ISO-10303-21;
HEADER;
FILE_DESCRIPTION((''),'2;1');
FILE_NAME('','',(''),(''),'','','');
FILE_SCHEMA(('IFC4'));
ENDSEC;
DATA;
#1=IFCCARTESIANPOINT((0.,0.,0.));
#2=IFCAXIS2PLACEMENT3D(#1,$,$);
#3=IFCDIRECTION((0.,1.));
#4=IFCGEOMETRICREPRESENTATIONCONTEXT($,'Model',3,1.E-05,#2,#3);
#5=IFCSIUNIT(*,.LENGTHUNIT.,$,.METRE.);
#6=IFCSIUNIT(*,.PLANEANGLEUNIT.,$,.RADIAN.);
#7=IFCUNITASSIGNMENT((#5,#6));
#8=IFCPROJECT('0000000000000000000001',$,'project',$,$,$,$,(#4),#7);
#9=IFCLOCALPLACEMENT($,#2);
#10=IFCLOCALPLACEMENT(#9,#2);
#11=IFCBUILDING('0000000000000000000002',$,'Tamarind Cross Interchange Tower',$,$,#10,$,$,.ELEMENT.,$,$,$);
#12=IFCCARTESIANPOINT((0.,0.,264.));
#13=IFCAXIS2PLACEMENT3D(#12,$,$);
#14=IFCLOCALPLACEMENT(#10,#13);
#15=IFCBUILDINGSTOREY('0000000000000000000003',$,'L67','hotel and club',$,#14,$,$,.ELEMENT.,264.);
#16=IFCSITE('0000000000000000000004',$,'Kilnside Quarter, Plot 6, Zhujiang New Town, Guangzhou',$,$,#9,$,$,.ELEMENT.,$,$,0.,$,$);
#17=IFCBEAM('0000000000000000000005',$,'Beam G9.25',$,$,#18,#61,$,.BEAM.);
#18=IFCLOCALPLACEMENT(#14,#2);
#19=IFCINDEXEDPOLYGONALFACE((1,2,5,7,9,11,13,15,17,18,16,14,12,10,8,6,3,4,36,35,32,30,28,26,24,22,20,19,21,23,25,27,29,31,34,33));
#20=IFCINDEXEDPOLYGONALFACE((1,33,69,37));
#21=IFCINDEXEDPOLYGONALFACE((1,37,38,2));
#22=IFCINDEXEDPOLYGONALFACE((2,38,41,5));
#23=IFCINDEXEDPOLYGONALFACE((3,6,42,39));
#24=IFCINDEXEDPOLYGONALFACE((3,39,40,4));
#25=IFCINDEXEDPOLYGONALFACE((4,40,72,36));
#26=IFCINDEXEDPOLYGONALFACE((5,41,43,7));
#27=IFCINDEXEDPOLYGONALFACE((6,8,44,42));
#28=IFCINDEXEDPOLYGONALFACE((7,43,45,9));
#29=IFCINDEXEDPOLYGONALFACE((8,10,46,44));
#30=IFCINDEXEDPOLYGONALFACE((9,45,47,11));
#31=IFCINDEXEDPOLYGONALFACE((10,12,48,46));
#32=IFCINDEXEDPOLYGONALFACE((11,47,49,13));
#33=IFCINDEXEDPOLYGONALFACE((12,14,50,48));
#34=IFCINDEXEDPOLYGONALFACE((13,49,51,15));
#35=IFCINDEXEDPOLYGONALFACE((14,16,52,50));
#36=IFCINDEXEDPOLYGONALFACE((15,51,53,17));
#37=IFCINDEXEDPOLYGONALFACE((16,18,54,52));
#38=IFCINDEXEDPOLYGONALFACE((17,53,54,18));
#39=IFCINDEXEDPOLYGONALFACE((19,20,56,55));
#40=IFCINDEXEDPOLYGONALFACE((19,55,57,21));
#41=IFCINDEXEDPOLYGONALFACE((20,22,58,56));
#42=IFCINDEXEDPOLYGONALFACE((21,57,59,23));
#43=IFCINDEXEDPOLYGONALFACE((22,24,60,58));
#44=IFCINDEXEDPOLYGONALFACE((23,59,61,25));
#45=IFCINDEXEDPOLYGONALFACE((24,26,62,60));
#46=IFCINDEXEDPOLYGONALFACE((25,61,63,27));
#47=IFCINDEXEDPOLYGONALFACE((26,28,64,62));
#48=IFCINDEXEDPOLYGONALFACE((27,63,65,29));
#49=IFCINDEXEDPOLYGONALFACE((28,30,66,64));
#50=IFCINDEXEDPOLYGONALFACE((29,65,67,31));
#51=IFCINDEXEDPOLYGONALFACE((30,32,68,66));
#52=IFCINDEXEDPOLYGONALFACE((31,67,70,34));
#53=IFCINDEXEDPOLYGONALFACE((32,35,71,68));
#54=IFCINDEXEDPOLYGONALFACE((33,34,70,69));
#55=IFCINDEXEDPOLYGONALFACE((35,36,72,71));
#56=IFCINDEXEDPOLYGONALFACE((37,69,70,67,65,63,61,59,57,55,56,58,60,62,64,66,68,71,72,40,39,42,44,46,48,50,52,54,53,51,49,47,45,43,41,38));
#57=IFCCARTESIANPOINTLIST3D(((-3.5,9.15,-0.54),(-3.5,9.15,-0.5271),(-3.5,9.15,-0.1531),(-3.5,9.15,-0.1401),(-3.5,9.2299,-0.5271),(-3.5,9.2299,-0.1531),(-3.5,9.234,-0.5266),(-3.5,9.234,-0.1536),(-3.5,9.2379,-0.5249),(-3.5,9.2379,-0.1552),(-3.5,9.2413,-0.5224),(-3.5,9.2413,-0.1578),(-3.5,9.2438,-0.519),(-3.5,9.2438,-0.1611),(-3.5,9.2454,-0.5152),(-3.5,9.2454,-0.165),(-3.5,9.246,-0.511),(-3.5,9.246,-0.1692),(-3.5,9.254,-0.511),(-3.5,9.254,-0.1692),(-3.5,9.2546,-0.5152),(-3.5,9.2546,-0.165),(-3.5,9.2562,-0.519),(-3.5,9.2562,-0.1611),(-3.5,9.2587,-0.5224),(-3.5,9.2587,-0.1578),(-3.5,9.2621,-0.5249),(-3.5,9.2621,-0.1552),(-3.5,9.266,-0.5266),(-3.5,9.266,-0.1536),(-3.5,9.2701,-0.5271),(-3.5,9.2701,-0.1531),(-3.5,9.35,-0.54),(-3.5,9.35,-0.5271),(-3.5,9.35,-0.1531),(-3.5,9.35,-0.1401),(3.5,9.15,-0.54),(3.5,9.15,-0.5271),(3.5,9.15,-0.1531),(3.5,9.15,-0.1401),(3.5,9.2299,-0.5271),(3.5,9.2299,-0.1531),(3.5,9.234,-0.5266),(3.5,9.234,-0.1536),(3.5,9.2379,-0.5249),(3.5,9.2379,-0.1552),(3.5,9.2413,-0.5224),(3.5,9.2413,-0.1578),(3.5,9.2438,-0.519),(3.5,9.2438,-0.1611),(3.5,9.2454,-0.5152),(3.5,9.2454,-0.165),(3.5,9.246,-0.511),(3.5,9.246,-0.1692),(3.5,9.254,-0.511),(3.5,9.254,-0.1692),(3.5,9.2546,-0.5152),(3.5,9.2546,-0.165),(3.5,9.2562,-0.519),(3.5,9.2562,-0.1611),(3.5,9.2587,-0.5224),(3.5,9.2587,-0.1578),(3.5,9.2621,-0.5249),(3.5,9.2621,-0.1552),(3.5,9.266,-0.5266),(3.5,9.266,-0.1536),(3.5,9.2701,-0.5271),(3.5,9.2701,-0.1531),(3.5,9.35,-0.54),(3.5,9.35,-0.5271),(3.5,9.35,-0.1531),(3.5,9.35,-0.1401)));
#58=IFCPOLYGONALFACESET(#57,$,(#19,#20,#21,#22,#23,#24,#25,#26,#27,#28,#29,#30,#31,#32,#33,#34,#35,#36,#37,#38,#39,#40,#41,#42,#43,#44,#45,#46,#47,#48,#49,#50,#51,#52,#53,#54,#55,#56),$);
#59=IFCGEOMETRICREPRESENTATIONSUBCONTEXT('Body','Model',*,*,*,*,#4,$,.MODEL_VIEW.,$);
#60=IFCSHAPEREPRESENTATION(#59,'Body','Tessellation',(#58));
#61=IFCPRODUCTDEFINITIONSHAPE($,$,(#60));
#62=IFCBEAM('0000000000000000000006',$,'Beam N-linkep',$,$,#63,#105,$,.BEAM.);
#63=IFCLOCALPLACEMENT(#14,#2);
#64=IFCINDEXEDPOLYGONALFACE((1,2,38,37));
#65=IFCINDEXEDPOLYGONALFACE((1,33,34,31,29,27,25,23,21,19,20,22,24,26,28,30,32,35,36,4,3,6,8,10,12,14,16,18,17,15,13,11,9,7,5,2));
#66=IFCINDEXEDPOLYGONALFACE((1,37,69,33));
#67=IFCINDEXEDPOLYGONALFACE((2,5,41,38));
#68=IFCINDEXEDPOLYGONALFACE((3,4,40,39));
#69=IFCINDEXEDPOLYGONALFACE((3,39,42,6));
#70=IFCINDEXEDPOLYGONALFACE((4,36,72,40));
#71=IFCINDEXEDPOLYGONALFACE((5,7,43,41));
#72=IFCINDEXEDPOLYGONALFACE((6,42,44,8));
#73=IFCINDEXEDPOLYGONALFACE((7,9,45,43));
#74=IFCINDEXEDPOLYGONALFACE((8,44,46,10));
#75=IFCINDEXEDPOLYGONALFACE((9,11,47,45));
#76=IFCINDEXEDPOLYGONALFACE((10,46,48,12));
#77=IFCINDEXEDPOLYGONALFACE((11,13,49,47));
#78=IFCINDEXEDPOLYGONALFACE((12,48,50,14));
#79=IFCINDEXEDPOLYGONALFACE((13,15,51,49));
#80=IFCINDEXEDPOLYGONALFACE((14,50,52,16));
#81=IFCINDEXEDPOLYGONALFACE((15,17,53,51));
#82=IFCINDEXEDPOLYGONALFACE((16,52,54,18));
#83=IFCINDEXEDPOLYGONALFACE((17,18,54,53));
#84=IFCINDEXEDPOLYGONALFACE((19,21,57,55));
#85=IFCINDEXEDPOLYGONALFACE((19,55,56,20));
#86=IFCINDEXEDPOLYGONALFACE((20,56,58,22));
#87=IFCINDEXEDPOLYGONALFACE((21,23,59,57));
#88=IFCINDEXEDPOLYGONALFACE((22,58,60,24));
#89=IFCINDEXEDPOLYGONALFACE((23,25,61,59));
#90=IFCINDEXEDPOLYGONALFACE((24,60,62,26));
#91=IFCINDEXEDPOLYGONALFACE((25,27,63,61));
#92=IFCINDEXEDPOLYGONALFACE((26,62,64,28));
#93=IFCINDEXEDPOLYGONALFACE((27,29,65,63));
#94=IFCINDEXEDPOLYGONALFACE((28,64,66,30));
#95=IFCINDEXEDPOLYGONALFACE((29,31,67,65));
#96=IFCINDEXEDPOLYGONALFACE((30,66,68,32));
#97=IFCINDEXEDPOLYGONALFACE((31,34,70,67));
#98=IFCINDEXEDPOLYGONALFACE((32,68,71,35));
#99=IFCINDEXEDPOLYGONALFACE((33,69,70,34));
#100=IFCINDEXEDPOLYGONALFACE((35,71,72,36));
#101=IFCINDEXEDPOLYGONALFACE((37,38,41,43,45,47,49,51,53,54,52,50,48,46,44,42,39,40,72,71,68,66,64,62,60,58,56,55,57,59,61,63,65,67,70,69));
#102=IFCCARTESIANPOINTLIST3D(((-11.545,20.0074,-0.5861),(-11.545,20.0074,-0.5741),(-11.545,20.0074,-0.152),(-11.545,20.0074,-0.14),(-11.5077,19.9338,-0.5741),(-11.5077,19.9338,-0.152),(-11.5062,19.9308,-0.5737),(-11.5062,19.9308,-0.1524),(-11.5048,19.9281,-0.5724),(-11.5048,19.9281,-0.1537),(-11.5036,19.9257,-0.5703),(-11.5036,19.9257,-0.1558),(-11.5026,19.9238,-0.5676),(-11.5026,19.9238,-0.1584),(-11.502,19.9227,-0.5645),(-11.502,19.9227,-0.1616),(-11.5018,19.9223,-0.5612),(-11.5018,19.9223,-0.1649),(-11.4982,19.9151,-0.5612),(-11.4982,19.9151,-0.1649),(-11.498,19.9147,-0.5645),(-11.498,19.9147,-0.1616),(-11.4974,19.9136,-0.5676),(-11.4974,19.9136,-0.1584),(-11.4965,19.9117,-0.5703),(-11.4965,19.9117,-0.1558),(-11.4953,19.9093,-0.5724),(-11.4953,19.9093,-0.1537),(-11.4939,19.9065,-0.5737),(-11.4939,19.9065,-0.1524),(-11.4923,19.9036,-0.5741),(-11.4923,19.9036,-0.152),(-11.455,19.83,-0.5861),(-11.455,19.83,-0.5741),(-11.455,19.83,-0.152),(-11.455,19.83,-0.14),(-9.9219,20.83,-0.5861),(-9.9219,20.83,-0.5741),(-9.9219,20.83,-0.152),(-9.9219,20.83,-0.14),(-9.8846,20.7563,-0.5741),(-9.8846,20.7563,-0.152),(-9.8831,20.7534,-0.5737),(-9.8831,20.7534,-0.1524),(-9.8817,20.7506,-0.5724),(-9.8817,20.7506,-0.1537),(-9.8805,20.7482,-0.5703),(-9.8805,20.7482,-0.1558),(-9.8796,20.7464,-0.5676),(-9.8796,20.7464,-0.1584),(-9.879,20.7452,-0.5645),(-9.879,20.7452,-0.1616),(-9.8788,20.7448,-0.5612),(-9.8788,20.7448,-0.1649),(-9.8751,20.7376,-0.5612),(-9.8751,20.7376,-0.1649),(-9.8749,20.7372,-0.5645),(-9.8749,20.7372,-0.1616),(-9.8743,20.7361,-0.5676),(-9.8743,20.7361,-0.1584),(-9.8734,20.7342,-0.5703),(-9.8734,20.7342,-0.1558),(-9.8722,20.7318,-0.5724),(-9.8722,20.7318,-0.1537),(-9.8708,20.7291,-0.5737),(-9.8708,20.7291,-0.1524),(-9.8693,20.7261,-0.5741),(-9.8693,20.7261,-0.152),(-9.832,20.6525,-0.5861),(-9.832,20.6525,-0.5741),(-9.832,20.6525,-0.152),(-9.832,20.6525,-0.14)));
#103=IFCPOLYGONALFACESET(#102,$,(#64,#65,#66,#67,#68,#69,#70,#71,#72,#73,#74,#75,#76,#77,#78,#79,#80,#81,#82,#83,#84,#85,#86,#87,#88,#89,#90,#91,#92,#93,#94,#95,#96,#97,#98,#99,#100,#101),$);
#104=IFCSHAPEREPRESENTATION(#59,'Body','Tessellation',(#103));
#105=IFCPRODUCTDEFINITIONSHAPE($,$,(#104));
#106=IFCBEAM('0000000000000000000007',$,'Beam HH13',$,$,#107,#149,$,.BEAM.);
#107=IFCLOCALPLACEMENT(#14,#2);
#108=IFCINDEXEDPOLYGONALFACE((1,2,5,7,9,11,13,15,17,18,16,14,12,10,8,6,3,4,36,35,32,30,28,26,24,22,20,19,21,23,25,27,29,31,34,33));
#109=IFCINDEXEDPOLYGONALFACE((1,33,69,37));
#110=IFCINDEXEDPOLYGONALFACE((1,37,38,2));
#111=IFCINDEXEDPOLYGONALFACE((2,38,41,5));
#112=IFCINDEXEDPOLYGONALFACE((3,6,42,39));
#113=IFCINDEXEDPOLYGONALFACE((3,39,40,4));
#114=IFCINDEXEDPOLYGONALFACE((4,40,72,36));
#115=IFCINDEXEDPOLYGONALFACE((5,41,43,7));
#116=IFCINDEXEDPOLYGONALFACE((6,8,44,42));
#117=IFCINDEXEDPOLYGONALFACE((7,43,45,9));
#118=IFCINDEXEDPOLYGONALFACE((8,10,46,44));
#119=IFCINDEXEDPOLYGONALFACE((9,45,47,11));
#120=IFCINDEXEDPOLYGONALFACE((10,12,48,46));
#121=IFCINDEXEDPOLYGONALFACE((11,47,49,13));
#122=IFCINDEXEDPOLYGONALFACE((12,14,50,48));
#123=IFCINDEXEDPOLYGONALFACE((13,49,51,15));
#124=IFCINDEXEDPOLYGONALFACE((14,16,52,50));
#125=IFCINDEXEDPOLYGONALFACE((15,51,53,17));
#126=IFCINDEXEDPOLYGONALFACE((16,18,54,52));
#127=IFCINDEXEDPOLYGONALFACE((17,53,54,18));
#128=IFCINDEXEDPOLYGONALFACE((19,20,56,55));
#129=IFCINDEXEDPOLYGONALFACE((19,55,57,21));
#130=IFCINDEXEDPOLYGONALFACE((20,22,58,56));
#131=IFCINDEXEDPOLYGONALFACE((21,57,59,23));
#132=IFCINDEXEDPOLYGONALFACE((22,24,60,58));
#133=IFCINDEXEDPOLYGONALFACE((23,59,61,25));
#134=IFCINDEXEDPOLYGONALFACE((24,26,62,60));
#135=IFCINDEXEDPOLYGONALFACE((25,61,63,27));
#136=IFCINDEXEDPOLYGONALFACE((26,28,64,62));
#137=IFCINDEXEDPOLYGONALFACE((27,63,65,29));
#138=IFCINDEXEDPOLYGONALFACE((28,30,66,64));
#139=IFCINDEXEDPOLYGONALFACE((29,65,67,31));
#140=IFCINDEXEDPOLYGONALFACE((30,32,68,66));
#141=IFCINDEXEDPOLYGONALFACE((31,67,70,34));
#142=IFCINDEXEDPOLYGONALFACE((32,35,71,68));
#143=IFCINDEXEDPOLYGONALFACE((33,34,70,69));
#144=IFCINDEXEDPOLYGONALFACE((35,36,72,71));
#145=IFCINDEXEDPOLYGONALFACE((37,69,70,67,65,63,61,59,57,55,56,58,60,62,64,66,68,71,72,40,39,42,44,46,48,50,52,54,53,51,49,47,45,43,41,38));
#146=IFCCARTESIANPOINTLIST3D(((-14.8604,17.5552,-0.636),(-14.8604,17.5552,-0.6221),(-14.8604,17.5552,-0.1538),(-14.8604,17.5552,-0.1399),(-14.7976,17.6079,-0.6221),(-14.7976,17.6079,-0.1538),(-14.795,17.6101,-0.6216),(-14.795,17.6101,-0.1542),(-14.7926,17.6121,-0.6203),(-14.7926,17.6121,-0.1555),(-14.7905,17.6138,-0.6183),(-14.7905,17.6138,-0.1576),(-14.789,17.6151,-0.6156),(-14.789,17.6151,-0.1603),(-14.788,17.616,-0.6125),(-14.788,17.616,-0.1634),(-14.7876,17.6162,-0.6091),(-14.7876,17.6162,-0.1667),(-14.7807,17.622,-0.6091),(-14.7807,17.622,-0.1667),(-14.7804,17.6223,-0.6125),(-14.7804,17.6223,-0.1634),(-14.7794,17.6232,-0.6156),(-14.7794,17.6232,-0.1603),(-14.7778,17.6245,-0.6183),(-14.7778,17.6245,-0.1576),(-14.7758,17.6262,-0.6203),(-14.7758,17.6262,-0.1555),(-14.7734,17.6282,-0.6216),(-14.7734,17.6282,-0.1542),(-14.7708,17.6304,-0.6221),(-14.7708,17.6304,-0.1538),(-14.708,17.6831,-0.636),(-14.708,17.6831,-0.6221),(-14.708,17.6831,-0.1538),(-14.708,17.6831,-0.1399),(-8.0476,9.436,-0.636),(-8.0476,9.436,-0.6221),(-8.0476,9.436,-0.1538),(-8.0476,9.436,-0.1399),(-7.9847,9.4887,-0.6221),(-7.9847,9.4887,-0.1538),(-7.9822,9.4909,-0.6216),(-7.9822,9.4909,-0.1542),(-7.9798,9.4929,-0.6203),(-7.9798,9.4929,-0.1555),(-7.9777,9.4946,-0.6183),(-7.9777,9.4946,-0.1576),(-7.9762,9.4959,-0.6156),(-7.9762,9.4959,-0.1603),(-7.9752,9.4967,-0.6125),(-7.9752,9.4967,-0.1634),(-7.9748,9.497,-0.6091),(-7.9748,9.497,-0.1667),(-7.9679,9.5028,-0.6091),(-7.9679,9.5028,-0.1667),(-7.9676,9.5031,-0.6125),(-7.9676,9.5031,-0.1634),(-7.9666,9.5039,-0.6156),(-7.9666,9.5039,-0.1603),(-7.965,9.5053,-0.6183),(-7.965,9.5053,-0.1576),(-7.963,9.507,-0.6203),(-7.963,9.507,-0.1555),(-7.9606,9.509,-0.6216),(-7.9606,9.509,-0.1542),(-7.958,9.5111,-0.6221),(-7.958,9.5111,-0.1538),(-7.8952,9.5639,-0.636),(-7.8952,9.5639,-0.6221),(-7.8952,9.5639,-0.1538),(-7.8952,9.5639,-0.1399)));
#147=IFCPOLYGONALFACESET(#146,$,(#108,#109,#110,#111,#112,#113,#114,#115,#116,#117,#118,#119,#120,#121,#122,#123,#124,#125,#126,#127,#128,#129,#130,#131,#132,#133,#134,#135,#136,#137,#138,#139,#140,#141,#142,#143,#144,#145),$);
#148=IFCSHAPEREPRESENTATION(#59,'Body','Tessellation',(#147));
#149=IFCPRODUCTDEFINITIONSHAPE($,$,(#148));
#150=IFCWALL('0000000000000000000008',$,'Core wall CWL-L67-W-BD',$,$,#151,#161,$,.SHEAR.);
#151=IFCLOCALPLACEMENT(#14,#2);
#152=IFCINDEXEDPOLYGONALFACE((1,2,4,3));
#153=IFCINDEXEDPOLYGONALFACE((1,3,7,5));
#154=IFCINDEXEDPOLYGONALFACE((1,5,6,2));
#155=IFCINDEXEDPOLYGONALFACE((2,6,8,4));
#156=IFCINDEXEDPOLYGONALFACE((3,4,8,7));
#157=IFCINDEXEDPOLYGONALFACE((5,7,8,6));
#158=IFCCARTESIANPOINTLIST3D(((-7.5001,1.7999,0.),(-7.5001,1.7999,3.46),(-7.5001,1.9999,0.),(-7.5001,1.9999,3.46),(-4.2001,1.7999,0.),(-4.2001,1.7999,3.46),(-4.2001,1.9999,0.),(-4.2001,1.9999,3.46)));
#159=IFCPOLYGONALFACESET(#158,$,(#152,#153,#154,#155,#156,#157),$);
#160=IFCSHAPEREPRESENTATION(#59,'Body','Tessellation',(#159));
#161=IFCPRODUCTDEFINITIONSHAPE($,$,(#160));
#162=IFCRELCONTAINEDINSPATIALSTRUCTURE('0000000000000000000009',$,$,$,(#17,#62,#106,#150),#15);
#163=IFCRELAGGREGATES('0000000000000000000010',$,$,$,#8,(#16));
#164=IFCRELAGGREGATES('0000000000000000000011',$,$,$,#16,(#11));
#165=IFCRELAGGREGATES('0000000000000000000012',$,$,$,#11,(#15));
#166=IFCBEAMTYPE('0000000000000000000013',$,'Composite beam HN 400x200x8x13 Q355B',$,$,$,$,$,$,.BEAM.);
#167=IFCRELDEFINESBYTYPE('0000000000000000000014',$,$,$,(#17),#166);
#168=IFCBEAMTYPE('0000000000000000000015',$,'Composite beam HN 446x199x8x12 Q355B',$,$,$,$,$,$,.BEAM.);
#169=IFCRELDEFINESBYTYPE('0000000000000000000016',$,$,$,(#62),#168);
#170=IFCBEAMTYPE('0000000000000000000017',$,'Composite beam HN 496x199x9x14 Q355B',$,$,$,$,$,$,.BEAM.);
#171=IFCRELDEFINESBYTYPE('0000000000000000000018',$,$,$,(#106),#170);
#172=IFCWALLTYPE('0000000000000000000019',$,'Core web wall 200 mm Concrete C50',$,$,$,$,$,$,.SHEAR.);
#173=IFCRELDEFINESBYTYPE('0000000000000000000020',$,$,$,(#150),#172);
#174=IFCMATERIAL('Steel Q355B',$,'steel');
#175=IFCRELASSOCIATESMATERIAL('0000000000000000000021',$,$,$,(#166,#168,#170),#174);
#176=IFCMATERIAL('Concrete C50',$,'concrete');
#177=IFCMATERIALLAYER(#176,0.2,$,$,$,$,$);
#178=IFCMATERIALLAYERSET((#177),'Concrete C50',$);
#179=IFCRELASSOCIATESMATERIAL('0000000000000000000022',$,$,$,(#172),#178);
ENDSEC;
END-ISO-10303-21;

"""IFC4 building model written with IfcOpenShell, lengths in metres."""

from ifc_helpers import new_model, si_unit, direction, frame, frame_2d, origin, origin_2d, place, context, subcontext, project, spatial, rectangle, i_section, extrude, material, layer, layer_set, material_profile, profile_set, type_object, element, save


model = new_model("IFC4")

# Units and contexts
model_context = context("Model", 3, precision=1e-05, world=origin(), true_north=direction((0.0, 1.0)))
body_context = subcontext(model_context, "Body", "Model", "MODEL_VIEW")
ifc_project = project(units=[si_unit("LENGTHUNIT", "METRE"), si_unit("PLANEANGLEUNIT", "RADIAN")], contexts=[model_context])

# Site, building, storey
site_placement = place(None, origin())
site = spatial("IfcSite", under=ifc_project, at=site_placement, Name="Kilnside Quarter, Plot 6, Zhujiang New Town, Guangzhou", CompositionType="ELEMENT", RefElevation=0.0)
building_placement = place(site_placement, origin())
building = spatial("IfcBuilding", under=site, at=building_placement, Name="Tamarind Cross Interchange Tower", CompositionType="ELEMENT")
storey_placement = place(building_placement, frame((0.0, 0.0, 264.0)))
storey = spatial("IfcBuildingStorey", under=building, at=storey_placement, Name="L67", Description="hotel and club", CompositionType="ELEMENT", Elevation=264.0)

# Beams
ifc_material_1 = material(Name="Steel Q355B", Category="steel")
ifc_material_profile_1 = material_profile(ifc_material_1, i_section(OverallWidth=0.2, OverallDepth=0.3999, WebThickness=0.0081, FlangeThickness=0.0129, FilletRadius=0.0161, at=origin_2d()), Name="HN 400x200x8x13")
ifc_profile_set_1 = profile_set([ifc_material_profile_1], Name="Steel Q355B")
beam_type_1 = type_object("IfcBeamType", Name="Composite beam HN 400x200x8x13 Q355B", PredefinedType="BEAM", material=ifc_profile_set_1)
for number, where, z_axis, x_axis, name in (
    (1, (-3.5, 9.25, -0.3401), (1.0, 0.0, 0.0), (0.0, 1.0, 0.0), "Beam G9.25"),
):
    element("IfcBeam", number, at=place(storey_placement, frame(where, z_axis=z_axis, x_axis=x_axis)), inside=storey, type_object=beam_type_1, Name=name, PredefinedType="BEAM", context=body_context, shape_type="SweptSolid", body=[
        extrude(i_section(OverallWidth=0.2, OverallDepth=0.3999, WebThickness=0.0081, FlangeThickness=0.0129, FilletRadius=0.0161, at=origin_2d()), origin(), (0.0, 0.0, 1.0), 7.0),
    ])
ifc_material_profile_2 = material_profile(ifc_material_1, i_section(OverallWidth=0.199, OverallDepth=0.446, WebThickness=0.0081, FlangeThickness=0.012, FilletRadius=0.0129, at=origin_2d()), Name="HN 446x199x8x12")
ifc_profile_set_2 = profile_set([ifc_material_profile_2], Name="Steel Q355B")
beam_type_2 = type_object("IfcBeamType", Name="Composite beam HN 446x199x8x12 Q355B", PredefinedType="BEAM", material=ifc_profile_set_2)
beam_1_placement = place(storey_placement, frame((-9.877, 20.7412, -0.363), z_axis=(-0.891999, -0.452037, 0.0), x_axis=(0.452037, -0.891999, 0.0)))
element("IfcBeam", 2, at=beam_1_placement, inside=storey, type_object=beam_type_2, Name="Beam N-linkep", PredefinedType="BEAM", context=body_context, shape_type="SweptSolid", body=[
    extrude(i_section(OverallWidth=0.199, OverallDepth=0.446, WebThickness=0.0081, FlangeThickness=0.012, FilletRadius=0.0129, at=origin_2d()), origin(), (0.0, 0.0, 1.0), 1.8196),
])
ifc_material_profile_3 = material_profile(ifc_material_1, i_section(OverallWidth=0.199, OverallDepth=0.4961, WebThickness=0.009, FlangeThickness=0.0139, FilletRadius=0.0129, at=origin_2d()), Name="HN 496x199x9x14")
ifc_profile_set_3 = profile_set([ifc_material_profile_3], Name="Steel Q355B")
beam_type_3 = type_object("IfcBeamType", Name="Composite beam HN 496x199x9x14 Q355B", PredefinedType="BEAM", material=ifc_profile_set_3)
beam_2_placement = place(storey_placement, frame((-14.7842, 17.6191, -0.3879), z_axis=(0.642786, -0.766046, 0.0), x_axis=(0.766046, 0.642786, 0.0)))
element("IfcBeam", 3, at=beam_2_placement, inside=storey, type_object=beam_type_3, Name="Beam HH13", PredefinedType="BEAM", context=body_context, shape_type="SweptSolid", body=[
    extrude(i_section(OverallWidth=0.199, OverallDepth=0.4961, WebThickness=0.009, FlangeThickness=0.0139, FilletRadius=0.0129, at=origin_2d()), origin(), (0.0, 0.0, 1.0), 10.5989),
])

# Wall
ifc_material_2 = material(Name="Concrete C50", Category="concrete")
ifc_layer_1 = layer(ifc_material_2, 0.2)
ifc_layer_set_1 = layer_set([ifc_layer_1], Name="Concrete C50")
wall_type_1 = type_object("IfcWallType", Name="Core web wall 200 mm Concrete C50", PredefinedType="SHEAR", material=ifc_layer_set_1)
wall_1_placement = place(storey_placement, frame((-7.5, 1.8999, 0.0), z_axis=(0.0, 0.0, 1.0), x_axis=(1.0, 0.0, 0.0)))
element("IfcWall", 4, at=wall_1_placement, inside=storey, type_object=wall_type_1, Name="Core wall CWL-L67-W-BD", PredefinedType="SHEAR", context=body_context, shape_type="SweptSolid", body=[
    extrude(rectangle(XDim=3.3, YDim=0.2, at=frame_2d((1.6499, 0.0))), origin(), (0.0, 0.0, 1.0), 3.46),
])

save(model, "model.ifc")
